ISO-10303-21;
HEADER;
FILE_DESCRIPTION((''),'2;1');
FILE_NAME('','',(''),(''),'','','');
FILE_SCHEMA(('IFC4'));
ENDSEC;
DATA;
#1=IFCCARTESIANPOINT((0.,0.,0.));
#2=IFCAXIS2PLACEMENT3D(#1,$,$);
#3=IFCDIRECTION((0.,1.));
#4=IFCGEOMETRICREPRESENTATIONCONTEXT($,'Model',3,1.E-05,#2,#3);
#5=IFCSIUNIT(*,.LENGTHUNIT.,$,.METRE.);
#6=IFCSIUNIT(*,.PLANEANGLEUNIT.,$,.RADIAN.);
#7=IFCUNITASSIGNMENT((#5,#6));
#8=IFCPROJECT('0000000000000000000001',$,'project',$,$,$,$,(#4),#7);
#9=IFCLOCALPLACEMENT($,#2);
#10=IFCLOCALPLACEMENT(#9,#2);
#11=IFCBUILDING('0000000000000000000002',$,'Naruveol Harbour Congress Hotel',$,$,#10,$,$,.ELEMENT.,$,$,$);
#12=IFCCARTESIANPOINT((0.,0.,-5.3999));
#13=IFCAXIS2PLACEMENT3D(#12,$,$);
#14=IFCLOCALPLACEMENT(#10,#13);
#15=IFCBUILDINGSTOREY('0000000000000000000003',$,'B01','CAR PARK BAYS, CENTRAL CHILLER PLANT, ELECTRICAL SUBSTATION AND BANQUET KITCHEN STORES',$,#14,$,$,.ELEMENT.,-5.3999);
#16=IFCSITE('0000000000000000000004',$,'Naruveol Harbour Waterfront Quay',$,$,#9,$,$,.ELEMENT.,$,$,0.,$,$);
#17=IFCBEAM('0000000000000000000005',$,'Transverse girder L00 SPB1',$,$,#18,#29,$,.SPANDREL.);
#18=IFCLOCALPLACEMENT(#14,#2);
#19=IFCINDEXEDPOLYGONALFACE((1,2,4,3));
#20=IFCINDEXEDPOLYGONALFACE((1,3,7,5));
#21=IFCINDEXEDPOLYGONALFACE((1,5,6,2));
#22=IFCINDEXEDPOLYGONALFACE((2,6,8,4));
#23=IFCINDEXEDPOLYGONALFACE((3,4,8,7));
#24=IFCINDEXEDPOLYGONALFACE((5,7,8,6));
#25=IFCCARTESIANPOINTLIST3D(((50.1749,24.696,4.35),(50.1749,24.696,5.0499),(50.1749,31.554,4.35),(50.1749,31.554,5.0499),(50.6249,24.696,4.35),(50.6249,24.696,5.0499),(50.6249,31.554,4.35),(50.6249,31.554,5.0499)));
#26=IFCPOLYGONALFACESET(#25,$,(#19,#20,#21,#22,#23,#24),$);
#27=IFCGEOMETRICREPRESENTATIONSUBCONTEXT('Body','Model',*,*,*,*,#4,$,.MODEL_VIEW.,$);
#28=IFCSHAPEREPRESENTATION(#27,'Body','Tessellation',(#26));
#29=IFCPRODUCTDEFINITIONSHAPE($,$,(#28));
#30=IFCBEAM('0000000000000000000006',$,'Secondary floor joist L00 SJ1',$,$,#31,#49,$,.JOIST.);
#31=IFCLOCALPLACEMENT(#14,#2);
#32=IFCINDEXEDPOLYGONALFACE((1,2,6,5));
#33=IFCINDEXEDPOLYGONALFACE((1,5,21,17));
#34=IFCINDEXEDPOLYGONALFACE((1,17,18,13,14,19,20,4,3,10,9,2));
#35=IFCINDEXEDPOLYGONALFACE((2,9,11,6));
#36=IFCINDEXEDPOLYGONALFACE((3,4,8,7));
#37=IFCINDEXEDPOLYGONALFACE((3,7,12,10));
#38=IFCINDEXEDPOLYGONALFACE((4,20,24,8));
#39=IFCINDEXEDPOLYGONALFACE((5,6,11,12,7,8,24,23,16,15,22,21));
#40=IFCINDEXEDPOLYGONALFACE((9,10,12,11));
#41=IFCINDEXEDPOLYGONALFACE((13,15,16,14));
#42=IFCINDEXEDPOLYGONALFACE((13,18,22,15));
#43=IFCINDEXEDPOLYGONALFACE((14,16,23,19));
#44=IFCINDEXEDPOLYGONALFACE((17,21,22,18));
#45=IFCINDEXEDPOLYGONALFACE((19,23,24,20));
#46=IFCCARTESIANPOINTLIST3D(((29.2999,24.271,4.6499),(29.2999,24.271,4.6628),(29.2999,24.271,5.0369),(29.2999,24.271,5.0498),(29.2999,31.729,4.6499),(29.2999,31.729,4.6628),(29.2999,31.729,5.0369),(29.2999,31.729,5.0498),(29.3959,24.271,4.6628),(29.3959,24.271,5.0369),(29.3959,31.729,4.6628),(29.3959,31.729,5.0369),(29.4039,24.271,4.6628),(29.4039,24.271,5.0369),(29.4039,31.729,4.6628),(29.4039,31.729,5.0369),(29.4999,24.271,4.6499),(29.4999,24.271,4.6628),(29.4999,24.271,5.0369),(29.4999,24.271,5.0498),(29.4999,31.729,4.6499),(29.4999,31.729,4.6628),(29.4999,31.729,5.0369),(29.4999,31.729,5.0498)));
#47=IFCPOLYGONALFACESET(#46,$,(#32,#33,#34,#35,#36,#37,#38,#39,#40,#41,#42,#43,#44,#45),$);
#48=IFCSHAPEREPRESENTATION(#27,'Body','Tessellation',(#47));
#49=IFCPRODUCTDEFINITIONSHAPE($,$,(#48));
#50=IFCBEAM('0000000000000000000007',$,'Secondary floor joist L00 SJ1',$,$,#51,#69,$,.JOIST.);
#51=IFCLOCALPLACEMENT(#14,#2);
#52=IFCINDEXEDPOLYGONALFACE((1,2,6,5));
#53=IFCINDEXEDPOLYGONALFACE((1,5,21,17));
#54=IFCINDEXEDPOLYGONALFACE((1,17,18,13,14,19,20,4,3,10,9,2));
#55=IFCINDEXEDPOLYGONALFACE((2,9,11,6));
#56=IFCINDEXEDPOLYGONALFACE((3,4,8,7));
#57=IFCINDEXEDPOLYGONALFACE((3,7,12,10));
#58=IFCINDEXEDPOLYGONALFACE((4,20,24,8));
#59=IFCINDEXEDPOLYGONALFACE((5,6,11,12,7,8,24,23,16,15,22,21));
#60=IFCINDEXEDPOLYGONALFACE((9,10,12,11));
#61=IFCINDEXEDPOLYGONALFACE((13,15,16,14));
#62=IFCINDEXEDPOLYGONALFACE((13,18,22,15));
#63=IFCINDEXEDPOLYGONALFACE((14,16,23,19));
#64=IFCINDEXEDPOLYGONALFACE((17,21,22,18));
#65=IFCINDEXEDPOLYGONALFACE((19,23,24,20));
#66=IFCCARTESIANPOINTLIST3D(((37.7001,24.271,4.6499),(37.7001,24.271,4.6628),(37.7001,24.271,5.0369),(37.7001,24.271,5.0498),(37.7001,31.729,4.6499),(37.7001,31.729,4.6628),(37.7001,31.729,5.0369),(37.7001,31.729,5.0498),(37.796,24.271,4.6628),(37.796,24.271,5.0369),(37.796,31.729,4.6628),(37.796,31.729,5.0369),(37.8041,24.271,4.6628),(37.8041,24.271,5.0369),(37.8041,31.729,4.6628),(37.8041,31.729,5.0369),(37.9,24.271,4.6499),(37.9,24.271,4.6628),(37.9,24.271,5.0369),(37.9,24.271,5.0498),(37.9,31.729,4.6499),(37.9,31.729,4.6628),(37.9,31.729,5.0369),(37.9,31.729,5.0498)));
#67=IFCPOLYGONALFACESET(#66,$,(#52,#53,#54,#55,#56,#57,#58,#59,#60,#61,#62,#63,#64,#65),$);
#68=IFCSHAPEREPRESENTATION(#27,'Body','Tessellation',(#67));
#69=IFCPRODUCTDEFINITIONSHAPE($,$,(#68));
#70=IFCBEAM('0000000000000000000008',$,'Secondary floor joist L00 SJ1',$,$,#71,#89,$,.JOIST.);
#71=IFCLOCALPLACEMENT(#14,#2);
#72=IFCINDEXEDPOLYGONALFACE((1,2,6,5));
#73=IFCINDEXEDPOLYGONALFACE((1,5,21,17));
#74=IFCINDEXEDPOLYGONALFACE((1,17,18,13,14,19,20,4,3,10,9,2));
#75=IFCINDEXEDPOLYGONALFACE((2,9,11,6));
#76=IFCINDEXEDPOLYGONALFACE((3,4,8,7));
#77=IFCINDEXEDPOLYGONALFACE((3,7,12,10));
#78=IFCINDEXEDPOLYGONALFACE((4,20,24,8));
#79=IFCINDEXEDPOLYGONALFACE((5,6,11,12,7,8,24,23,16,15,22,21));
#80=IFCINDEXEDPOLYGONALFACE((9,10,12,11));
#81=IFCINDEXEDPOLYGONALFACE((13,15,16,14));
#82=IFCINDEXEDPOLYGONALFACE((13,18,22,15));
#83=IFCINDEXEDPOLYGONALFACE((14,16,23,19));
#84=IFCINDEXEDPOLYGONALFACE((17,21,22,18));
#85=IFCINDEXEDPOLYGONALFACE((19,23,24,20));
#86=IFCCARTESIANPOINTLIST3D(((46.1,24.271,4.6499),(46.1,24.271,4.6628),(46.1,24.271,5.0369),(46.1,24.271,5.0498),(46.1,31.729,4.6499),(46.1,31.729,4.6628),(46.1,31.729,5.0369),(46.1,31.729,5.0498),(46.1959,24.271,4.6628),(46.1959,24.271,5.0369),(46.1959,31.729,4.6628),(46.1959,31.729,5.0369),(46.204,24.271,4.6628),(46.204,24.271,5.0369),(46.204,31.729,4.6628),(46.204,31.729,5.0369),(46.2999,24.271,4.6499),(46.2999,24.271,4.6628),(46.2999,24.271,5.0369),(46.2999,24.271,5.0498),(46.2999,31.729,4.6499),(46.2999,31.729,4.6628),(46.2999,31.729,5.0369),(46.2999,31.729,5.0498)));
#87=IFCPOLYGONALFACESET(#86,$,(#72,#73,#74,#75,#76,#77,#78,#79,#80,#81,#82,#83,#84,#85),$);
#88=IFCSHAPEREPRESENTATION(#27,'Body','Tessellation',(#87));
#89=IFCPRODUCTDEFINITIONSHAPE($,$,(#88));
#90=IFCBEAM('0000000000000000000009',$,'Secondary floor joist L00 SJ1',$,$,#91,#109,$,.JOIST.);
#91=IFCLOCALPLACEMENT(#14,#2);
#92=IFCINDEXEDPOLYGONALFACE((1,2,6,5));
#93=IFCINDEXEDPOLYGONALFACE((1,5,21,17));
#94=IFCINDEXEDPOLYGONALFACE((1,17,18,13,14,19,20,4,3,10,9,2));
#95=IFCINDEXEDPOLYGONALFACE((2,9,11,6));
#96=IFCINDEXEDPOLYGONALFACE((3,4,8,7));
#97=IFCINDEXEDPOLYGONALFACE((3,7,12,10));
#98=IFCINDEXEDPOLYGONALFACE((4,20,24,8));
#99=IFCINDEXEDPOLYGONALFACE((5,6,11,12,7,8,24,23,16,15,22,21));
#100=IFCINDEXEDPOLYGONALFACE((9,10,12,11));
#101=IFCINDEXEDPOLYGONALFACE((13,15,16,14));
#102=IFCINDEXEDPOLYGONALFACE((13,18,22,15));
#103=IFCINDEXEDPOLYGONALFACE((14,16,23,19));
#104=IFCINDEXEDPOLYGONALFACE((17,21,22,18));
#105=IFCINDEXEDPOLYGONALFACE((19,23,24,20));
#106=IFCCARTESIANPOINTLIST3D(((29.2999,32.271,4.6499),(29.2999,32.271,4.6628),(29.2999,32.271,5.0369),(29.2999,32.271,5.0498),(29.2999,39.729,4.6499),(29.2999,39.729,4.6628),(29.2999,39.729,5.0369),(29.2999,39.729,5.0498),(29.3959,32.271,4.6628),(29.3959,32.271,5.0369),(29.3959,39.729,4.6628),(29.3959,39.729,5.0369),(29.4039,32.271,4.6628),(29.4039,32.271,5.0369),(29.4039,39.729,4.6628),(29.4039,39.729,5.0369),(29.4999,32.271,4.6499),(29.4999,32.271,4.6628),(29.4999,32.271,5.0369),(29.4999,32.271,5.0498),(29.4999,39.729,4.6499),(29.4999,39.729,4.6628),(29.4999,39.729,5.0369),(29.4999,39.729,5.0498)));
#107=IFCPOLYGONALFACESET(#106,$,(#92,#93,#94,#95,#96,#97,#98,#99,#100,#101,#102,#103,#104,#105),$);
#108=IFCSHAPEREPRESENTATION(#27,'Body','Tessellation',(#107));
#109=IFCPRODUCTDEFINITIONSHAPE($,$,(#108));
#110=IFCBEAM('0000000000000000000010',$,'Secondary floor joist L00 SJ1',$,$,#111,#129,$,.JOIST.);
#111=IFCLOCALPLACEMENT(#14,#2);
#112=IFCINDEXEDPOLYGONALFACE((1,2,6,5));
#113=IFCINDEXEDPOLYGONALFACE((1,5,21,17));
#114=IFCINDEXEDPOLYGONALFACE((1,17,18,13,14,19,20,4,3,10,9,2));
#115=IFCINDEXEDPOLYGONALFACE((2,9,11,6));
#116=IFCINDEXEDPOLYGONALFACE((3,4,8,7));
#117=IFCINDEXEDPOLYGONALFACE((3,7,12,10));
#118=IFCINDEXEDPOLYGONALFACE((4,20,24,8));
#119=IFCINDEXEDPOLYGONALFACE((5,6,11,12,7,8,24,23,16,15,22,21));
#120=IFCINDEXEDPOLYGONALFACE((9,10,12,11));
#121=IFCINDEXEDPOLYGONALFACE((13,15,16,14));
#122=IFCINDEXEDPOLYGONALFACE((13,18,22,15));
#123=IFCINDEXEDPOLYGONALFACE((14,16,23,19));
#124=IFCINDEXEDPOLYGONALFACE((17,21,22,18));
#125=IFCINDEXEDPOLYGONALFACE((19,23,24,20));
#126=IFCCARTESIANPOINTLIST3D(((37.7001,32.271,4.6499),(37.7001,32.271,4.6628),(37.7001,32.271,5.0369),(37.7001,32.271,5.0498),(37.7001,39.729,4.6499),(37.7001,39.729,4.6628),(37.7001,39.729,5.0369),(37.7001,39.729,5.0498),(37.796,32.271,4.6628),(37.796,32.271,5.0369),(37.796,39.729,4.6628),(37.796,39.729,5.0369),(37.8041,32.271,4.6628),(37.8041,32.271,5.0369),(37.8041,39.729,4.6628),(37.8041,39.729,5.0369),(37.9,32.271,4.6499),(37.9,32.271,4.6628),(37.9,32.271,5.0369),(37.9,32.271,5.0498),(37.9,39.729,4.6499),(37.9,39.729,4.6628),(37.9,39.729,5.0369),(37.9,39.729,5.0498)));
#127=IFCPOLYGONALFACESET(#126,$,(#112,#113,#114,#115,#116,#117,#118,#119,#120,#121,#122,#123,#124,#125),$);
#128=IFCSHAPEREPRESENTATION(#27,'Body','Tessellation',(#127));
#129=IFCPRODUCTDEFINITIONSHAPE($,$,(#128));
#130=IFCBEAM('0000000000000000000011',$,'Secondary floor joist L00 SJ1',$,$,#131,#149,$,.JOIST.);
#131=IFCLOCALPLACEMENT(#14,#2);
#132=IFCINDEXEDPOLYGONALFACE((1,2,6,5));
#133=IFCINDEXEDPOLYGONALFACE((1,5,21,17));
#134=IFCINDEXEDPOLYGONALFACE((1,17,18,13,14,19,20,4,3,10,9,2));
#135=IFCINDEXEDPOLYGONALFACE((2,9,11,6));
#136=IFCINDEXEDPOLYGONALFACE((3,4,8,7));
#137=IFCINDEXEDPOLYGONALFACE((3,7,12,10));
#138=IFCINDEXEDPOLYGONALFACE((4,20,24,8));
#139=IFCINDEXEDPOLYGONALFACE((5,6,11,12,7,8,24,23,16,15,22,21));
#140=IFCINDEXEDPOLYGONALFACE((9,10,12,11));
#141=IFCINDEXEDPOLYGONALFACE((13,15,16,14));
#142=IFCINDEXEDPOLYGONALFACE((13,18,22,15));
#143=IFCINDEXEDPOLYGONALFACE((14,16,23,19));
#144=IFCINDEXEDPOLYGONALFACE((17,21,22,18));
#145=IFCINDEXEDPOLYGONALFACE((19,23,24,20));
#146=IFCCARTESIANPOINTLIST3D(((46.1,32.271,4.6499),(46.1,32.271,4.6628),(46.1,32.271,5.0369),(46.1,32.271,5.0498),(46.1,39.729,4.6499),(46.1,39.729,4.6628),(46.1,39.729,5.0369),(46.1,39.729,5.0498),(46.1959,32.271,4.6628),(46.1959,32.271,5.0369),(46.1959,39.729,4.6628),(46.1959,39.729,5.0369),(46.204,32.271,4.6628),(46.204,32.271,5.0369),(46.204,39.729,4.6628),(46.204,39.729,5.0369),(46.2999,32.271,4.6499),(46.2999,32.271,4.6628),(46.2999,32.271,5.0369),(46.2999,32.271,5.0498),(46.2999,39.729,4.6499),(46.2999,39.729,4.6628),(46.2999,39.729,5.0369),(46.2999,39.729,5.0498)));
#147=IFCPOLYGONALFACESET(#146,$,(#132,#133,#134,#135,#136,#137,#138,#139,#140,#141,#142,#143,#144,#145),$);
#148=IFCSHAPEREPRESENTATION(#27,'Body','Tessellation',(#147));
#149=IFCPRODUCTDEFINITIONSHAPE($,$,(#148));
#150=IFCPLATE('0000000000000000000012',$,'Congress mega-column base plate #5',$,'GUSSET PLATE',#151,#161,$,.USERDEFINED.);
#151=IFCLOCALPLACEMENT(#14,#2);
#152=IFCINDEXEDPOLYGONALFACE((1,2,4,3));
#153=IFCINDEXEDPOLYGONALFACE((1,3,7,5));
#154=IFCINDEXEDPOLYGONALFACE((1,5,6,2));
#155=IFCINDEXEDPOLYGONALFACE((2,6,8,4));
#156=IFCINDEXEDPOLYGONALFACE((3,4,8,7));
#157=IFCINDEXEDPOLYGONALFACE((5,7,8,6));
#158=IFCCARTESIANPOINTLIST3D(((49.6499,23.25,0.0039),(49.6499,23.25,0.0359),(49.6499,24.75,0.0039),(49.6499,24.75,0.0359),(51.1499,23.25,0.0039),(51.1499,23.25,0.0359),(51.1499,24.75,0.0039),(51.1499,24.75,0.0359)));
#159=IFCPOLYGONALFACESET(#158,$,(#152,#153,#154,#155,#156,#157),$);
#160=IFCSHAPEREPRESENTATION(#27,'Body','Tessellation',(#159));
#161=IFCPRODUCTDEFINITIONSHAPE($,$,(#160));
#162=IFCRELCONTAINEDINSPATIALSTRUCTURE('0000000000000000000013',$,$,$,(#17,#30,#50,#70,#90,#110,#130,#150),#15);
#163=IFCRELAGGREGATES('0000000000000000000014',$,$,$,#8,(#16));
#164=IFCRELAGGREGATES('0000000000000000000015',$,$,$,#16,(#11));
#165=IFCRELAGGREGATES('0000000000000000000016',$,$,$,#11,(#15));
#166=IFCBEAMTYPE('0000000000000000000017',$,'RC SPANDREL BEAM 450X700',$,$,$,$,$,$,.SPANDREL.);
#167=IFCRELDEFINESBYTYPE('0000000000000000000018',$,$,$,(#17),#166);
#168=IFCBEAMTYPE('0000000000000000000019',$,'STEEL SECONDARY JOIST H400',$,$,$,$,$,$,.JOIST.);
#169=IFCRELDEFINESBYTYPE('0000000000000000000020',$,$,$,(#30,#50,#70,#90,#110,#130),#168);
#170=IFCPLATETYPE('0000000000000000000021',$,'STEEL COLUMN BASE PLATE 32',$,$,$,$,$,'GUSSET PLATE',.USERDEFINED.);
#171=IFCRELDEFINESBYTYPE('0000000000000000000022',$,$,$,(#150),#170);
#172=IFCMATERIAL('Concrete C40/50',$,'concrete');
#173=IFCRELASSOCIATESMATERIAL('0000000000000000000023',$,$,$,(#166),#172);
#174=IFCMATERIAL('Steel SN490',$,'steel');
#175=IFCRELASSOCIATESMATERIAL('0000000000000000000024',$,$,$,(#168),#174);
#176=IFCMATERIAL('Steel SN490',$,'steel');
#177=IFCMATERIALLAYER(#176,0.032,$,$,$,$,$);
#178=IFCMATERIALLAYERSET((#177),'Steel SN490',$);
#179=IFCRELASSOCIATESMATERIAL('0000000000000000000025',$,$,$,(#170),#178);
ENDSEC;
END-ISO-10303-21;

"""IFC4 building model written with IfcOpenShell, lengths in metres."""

from ifc_helpers import new_model, si_unit, direction, frame, origin, origin_2d, place, context, subcontext, project, spatial, rectangle, i_section, extrude, material, layer, layer_set, material_profile, profile_set, type_object, element, save


model = new_model("IFC4")

# Units and contexts
model_context = context("Model", 3, precision=1e-05, world=origin(), true_north=direction((0.0, 1.0)))
body_context = subcontext(model_context, "Body", "Model", "MODEL_VIEW")
ifc_project = project(units=[si_unit("LENGTHUNIT", "METRE"), si_unit("PLANEANGLEUNIT", "RADIAN")], contexts=[model_context])

# Site, building, storey
site_placement = place(None, origin())
site = spatial("IfcSite", under=ifc_project, at=site_placement, Name="Naruveol Harbour Waterfront Quay", CompositionType="ELEMENT", RefElevation=0.0)
building_placement = place(site_placement, origin())
building = spatial("IfcBuilding", under=site, at=building_placement, Name="Naruveol Harbour Congress Hotel", CompositionType="ELEMENT")
storey_placement = place(building_placement, frame((0.0, 0.0, -5.3999)))
storey = spatial("IfcBuildingStorey", under=building, at=storey_placement, Name="B01", Description="CAR PARK BAYS, CENTRAL CHILLER PLANT, ELECTRICAL SUBSTATION AND BANQUET KITCHEN STORES", CompositionType="ELEMENT", Elevation=-5.3999)

# Beams
ifc_material_1 = material(Name="Concrete C40/50", Category="concrete")
ifc_material_profile_1 = material_profile(ifc_material_1, rectangle(XDim=0.45, YDim=0.7, at=origin_2d()), Name="RCB-450x700")
ifc_profile_set_1 = profile_set([ifc_material_profile_1], Name="Concrete C40/50")
beam_type_1 = type_object("IfcBeamType", Name="RC SPANDREL BEAM 450X700", PredefinedType="SPANDREL", material=ifc_profile_set_1)
beam_1_placement = place(storey_placement, frame((50.3999, 24.696, 4.7), z_axis=(0.0, 1.0, 0.0), x_axis=(-1.0, 0.0, 0.0)))
element("IfcBeam", 1, at=beam_1_placement, inside=storey, type_object=beam_type_1, Name="Transverse girder L00 SPB1", PredefinedType="SPANDREL", context=body_context, shape_type="SweptSolid", body=[
    extrude(rectangle(XDim=0.45, YDim=0.7, at=origin_2d()), origin(), (0.0, 0.0, 1.0), 6.8579),
])
ifc_material_2 = material(Name="Steel SN490", Category="steel")
ifc_material_profile_2 = material_profile(ifc_material_2, i_section(OverallWidth=0.2, OverallDepth=0.3999, WebThickness=0.0081, FlangeThickness=0.0129, at=origin_2d()), Name="H-400x200x8x13")
ifc_profile_set_2 = profile_set([ifc_material_profile_2], Name="Steel SN490")
beam_type_2 = type_object("IfcBeamType", Name="STEEL SECONDARY JOIST H400", PredefinedType="JOIST", material=ifc_profile_set_2)
for number, where, z_axis, x_axis, name in (
    (2, (29.3999, 24.271, 4.8499), (0.0, 1.0, 0.0), (-1.0, 0.0, 0.0), "Secondary floor joist L00 SJ1"),
    (3, (37.8, 24.271, 4.8499), (0.0, 1.0, 0.0), (-1.0, 0.0, 0.0), "Secondary floor joist L00 SJ1"),
    (4, (46.2, 24.271, 4.8499), (0.0, 1.0, 0.0), (-1.0, 0.0, 0.0), "Secondary floor joist L00 SJ1"),
    (5, (29.3999, 32.271, 4.8499), (0.0, 1.0, 0.0), (-1.0, 0.0, 0.0), "Secondary floor joist L00 SJ1"),
    (6, (37.8, 32.271, 4.8499), (0.0, 1.0, 0.0), (-1.0, 0.0, 0.0), "Secondary floor joist L00 SJ1"),
    (7, (46.2, 32.271, 4.8499), (0.0, 1.0, 0.0), (-1.0, 0.0, 0.0), "Secondary floor joist L00 SJ1"),
):
    element("IfcBeam", number, at=place(storey_placement, frame(where, z_axis=z_axis, x_axis=x_axis)), inside=storey, type_object=beam_type_2, Name=name, PredefinedType="JOIST", context=body_context, shape_type="SweptSolid", body=[
        extrude(i_section(OverallWidth=0.2, OverallDepth=0.3999, WebThickness=0.0081, FlangeThickness=0.0129, at=origin_2d()), origin(), (0.0, 0.0, 1.0), 7.458),
    ])

# Plate
ifc_material_3 = material(Name="Steel SN490", Category="steel")
ifc_layer = layer(ifc_material_3, 0.032)
ifc_layer_set = layer_set([ifc_layer], Name="Steel SN490")
plate_type = type_object("IfcPlateType", Name="STEEL COLUMN BASE PLATE 32", ElementType="GUSSET PLATE", PredefinedType="USERDEFINED", material=ifc_layer_set)
plate_placement = place(storey_placement, frame((50.3999, 24.0, 0.0039), z_axis=(0.0, 0.0, 1.0), x_axis=(1.0, 0.0, 0.0)))
element("IfcPlate", 8, at=plate_placement, inside=storey, type_object=plate_type, Name="Congress mega-column base plate #5", ObjectType="GUSSET PLATE", PredefinedType="USERDEFINED", context=body_context, shape_type="SweptSolid", body=[
    extrude(rectangle(XDim=1.5, YDim=1.5, at=origin_2d()), origin(), (0.0, 0.0, 1.0), 0.032),
])

save(model, "model.ifc")
